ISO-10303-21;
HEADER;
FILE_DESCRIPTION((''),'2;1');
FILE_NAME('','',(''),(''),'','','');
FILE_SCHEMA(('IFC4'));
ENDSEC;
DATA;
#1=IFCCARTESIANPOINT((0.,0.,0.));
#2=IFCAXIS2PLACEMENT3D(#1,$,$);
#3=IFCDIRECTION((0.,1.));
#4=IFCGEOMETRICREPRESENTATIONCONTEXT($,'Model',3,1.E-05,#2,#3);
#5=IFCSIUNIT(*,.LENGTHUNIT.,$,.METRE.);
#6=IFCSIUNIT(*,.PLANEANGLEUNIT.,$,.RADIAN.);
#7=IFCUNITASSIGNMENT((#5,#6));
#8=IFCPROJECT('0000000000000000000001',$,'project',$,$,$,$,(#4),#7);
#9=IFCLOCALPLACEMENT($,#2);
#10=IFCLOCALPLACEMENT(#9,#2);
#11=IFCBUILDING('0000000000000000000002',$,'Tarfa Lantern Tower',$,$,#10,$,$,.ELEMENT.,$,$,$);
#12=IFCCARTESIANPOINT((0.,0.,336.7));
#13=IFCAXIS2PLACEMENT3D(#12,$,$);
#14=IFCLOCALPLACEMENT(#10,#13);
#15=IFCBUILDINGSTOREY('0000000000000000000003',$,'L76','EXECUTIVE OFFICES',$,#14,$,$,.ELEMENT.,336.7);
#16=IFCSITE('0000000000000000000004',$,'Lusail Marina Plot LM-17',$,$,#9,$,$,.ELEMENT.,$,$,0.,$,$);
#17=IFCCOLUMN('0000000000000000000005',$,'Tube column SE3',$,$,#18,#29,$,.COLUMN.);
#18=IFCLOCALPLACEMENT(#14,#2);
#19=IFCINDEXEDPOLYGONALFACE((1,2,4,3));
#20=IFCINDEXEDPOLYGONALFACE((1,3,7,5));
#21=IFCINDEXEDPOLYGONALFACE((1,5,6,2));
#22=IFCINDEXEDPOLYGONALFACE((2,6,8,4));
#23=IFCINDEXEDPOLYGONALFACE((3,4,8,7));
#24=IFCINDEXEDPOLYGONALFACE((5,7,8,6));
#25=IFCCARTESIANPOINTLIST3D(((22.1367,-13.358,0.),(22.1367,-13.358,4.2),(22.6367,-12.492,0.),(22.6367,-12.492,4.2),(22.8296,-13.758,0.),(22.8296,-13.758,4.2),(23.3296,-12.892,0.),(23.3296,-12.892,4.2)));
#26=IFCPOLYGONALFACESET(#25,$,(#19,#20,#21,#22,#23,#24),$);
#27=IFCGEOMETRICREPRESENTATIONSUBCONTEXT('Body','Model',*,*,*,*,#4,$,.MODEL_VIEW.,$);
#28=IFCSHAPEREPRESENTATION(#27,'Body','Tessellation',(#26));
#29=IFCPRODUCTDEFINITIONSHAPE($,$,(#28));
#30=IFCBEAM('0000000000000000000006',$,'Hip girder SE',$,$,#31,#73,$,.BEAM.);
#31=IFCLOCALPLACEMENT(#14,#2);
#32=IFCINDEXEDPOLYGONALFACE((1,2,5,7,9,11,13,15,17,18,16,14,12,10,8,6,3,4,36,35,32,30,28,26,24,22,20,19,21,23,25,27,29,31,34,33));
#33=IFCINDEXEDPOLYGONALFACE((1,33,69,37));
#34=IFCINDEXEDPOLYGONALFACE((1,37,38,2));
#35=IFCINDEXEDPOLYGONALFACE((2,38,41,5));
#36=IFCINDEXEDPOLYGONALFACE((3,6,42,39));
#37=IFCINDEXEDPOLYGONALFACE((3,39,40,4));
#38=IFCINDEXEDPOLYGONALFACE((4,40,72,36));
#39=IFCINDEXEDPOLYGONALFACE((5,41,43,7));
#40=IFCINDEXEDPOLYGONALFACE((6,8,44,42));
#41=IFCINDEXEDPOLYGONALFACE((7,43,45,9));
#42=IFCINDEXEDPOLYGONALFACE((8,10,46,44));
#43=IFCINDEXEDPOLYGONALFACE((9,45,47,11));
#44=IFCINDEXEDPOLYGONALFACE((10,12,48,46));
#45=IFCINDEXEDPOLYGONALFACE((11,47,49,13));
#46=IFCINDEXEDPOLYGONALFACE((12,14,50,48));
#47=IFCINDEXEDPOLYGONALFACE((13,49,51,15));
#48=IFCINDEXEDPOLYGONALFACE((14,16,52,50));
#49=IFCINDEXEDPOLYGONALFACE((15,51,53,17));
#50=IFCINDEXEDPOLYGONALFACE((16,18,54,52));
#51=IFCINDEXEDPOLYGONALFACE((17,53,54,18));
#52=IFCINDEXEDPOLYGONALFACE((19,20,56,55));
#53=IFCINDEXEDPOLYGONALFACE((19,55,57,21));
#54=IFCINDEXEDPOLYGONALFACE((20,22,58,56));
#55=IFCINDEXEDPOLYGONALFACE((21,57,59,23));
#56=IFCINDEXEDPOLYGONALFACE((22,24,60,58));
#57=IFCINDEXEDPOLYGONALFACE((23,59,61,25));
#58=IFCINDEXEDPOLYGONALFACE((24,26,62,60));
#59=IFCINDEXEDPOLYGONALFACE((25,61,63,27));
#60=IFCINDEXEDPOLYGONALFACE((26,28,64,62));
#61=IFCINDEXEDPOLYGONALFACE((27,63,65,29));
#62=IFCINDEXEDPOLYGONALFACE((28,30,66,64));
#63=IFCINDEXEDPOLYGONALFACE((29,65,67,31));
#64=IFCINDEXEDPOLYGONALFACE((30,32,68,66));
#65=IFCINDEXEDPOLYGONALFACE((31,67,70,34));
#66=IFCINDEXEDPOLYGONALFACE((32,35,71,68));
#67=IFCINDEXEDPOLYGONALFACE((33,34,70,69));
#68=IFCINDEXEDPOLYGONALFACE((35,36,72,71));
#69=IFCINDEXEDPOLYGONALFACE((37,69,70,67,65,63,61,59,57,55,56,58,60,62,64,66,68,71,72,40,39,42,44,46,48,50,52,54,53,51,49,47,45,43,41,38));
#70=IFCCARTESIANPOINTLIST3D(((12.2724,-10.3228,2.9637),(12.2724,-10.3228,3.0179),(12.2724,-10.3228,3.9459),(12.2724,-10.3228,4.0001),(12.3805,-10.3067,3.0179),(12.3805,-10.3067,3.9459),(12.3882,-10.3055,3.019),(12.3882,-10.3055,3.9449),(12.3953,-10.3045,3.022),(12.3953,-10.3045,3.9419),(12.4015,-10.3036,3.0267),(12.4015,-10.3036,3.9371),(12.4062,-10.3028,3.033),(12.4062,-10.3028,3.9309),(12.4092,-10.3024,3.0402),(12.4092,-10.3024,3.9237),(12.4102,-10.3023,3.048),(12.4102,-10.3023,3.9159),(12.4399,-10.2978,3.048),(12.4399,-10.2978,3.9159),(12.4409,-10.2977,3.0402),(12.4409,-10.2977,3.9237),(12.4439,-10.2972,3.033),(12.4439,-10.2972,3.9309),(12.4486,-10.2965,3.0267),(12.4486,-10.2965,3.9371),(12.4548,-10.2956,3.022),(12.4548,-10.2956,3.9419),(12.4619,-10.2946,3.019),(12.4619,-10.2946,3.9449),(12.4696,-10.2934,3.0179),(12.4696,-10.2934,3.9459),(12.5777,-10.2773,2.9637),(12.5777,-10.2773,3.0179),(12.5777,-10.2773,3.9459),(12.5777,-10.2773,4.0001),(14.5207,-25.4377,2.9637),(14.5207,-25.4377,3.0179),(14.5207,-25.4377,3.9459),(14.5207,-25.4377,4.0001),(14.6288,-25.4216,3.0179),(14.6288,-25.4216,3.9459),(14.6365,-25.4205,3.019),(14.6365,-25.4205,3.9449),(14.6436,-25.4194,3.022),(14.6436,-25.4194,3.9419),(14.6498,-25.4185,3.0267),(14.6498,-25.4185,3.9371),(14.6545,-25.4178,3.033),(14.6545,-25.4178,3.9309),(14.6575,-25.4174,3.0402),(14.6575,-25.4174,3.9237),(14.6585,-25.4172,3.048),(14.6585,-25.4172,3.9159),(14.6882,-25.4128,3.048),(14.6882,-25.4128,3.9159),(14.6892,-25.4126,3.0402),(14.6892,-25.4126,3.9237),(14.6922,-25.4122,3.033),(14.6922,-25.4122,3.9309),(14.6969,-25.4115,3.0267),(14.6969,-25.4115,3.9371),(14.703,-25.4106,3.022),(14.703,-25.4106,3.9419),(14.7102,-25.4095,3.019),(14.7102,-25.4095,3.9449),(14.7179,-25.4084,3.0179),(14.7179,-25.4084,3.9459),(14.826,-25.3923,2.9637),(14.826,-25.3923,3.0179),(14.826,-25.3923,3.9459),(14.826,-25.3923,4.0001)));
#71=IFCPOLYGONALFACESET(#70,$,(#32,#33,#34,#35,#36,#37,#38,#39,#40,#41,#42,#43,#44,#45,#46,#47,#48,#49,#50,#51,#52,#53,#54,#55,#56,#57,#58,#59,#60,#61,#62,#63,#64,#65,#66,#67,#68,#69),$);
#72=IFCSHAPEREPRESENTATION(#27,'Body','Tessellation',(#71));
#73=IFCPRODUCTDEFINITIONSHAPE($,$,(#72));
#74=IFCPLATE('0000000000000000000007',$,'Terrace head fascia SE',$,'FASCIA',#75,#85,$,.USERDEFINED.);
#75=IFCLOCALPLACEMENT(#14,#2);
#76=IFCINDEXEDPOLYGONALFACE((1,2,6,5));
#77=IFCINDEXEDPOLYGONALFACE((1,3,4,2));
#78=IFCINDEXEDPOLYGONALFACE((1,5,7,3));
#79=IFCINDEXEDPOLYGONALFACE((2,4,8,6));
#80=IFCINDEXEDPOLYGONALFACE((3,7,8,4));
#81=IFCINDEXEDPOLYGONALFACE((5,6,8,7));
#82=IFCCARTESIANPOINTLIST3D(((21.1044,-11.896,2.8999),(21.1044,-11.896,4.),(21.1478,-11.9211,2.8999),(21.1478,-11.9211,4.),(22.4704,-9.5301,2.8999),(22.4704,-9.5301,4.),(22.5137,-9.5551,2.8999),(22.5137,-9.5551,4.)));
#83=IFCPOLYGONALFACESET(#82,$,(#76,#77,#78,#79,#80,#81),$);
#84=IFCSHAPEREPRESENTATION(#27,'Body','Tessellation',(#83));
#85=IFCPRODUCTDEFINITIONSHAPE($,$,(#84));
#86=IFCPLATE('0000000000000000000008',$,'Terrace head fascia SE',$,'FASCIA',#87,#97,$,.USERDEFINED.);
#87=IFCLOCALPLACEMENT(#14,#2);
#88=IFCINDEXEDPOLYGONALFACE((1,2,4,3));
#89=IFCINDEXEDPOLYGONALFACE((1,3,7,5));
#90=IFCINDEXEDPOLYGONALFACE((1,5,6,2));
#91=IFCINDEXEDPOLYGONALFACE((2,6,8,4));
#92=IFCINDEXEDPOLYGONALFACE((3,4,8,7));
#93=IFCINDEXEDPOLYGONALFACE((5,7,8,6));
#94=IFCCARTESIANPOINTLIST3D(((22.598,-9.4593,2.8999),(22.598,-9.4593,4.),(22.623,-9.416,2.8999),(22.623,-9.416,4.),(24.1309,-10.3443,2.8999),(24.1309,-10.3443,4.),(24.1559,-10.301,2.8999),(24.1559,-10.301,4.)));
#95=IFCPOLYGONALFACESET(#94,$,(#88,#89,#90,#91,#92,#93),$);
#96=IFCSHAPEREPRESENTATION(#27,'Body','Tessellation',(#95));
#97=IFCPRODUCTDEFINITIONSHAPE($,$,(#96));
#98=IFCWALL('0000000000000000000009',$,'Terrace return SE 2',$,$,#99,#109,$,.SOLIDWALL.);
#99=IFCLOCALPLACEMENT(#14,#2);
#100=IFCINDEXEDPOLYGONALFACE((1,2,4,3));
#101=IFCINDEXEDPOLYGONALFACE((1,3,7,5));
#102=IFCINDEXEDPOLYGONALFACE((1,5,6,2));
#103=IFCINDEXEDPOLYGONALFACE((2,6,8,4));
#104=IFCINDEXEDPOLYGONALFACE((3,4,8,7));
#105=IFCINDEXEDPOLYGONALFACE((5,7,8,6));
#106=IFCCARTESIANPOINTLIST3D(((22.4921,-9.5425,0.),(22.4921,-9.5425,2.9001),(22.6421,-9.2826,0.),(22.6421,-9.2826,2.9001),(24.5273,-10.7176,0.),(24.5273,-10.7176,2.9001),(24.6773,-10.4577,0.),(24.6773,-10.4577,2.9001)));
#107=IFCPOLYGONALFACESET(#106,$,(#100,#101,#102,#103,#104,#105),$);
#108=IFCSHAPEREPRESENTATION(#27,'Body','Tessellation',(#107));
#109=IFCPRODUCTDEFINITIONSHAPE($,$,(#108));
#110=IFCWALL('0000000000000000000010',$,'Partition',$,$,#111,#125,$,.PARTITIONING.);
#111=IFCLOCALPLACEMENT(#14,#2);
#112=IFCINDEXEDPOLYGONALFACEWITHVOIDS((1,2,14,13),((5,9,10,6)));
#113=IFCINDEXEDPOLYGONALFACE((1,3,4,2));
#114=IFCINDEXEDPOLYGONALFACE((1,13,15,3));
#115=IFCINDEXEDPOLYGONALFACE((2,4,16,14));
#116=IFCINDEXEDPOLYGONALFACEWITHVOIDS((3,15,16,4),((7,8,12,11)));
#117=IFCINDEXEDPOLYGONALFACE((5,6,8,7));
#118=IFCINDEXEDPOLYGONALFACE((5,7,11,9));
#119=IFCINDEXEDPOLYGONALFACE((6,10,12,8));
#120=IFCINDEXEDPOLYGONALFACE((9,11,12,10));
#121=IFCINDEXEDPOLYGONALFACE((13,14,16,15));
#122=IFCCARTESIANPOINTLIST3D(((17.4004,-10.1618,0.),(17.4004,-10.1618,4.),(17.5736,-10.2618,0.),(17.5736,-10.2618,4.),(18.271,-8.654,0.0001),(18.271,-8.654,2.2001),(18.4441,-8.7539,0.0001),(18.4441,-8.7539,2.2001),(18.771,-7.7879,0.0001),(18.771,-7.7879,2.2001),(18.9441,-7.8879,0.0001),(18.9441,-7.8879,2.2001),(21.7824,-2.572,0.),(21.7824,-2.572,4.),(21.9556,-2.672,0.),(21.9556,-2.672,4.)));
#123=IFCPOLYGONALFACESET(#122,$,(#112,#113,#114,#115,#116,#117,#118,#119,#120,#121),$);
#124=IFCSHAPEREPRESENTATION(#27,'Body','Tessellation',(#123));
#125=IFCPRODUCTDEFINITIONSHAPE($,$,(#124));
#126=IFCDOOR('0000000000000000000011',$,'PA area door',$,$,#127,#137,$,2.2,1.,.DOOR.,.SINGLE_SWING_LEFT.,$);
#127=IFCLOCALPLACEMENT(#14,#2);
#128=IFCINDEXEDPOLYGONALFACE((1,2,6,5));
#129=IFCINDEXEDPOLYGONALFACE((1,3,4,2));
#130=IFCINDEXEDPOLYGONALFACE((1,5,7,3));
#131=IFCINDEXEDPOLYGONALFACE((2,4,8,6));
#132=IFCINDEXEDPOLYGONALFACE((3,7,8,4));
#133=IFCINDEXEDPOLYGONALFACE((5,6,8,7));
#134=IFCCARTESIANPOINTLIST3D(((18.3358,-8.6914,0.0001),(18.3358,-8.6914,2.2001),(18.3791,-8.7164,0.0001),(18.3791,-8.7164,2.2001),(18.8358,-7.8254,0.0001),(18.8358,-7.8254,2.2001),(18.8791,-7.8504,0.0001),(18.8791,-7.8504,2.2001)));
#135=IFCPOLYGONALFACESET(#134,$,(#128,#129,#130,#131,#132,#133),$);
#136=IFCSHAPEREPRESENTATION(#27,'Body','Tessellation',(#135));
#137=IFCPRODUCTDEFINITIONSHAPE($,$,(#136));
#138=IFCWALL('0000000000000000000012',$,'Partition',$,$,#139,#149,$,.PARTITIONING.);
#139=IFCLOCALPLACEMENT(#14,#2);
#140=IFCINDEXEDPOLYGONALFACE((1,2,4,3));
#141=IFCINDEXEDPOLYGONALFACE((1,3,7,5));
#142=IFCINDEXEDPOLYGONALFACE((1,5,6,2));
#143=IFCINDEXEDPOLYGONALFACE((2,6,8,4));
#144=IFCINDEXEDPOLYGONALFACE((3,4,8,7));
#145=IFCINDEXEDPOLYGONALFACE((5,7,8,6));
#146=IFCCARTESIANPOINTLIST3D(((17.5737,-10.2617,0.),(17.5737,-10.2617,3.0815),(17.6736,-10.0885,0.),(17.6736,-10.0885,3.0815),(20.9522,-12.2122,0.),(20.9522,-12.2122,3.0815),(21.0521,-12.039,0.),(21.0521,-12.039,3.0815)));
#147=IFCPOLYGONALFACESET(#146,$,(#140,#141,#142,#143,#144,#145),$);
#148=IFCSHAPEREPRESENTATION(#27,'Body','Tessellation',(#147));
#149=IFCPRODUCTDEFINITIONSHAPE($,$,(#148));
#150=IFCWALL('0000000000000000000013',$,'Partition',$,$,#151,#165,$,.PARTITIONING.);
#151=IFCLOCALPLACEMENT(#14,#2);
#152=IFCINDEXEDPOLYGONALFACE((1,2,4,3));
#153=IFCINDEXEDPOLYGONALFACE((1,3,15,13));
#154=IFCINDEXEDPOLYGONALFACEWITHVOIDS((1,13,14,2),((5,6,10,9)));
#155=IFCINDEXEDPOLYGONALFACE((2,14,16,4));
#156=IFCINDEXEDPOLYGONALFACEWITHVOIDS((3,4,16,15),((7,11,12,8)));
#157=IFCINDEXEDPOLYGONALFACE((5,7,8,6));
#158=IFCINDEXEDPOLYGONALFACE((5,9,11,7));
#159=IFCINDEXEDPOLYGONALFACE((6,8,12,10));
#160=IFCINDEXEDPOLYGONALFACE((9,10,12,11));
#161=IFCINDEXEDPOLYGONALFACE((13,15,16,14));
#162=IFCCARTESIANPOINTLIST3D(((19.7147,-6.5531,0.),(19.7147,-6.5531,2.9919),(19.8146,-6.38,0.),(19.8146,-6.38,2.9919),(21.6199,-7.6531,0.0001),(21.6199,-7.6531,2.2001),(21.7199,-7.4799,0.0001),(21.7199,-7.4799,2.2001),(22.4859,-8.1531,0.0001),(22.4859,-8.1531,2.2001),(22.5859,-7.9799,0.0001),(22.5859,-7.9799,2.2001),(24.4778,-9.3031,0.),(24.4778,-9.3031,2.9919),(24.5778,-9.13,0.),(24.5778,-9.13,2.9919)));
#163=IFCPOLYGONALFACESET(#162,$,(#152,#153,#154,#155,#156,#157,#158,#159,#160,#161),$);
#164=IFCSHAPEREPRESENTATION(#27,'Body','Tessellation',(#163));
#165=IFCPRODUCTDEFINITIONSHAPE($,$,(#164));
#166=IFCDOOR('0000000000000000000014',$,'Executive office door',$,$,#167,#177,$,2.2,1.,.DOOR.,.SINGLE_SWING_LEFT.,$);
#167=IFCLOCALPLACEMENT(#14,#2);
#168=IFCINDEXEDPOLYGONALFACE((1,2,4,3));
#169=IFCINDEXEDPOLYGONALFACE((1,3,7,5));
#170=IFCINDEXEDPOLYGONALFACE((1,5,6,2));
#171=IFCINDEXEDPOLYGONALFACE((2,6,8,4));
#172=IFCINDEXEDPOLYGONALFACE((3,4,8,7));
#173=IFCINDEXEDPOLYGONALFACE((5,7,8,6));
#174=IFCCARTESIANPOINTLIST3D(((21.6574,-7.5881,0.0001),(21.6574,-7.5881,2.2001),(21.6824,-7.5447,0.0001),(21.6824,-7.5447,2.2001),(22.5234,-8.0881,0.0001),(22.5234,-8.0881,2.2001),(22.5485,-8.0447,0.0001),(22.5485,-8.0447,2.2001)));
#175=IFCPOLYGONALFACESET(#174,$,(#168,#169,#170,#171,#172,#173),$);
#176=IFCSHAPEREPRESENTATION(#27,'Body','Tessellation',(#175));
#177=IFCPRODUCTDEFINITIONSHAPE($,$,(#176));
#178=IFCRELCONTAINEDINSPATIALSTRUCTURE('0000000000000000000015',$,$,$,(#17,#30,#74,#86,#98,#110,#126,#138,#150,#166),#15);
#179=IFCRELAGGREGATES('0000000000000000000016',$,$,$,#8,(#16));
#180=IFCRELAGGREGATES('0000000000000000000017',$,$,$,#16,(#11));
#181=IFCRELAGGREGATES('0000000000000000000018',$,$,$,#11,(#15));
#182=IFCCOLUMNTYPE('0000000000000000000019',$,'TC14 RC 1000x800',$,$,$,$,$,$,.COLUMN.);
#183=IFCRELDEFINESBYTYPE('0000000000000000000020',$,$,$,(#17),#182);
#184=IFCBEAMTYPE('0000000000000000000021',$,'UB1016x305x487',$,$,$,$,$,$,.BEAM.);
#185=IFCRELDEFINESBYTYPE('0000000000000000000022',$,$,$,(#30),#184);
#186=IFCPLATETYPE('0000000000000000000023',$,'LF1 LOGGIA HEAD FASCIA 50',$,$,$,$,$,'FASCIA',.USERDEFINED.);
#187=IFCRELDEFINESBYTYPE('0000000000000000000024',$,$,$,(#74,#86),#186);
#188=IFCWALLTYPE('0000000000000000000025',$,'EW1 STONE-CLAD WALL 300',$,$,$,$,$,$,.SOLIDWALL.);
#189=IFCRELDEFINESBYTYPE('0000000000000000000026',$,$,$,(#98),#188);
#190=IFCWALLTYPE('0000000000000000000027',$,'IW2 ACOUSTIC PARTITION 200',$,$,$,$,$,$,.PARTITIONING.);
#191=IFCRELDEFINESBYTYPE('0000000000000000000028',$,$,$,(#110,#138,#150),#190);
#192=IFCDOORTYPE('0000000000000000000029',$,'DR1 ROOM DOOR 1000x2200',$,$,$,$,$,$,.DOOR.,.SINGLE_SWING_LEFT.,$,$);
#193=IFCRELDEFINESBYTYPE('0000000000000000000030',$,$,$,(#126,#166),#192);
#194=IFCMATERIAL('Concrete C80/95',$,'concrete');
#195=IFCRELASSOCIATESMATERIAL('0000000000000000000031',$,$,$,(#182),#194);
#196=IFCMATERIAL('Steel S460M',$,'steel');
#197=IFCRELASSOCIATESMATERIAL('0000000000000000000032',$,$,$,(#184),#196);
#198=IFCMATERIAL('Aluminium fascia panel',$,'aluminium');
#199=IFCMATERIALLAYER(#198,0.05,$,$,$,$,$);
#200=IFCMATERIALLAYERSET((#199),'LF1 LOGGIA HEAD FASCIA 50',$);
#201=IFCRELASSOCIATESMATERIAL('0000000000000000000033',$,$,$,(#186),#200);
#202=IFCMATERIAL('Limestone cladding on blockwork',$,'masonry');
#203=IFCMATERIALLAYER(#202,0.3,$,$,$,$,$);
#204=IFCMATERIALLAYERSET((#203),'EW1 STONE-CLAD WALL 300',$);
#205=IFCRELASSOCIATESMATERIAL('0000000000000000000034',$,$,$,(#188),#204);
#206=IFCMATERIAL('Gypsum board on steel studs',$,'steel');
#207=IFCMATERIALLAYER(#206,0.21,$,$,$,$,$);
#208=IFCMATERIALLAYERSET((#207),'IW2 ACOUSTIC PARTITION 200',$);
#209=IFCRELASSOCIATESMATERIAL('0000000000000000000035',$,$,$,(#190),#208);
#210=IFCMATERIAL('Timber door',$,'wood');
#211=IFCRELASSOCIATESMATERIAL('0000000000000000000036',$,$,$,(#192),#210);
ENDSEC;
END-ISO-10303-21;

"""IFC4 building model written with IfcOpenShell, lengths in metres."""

from ifc_helpers import new_model, si_unit, direction, frame, frame_2d, origin, origin_2d, place, context, subcontext, project, spatial, rectangle, i_section, extrude, material, layer, layer_set, material_profile, profile_set, type_object, element, fill, save


model = new_model("IFC4")

# Units and contexts
model_context = context("Model", 3, precision=1e-05, world=origin(), true_north=direction((0.0, 1.0)))
body_context = subcontext(model_context, "Body", "Model", "MODEL_VIEW")
ifc_project = project(units=[si_unit("LENGTHUNIT", "METRE"), si_unit("PLANEANGLEUNIT", "RADIAN")], contexts=[model_context])

# Site, building, storey
site_placement = place(None, origin())
site = spatial("IfcSite", under=ifc_project, at=site_placement, Name="Lusail Marina Plot LM-17", CompositionType="ELEMENT", RefElevation=0.0)
building_placement = place(site_placement, origin())
building = spatial("IfcBuilding", under=site, at=building_placement, Name="Tarfa Lantern Tower", CompositionType="ELEMENT")
storey_placement = place(building_placement, frame((0.0, 0.0, 336.7)))
storey = spatial("IfcBuildingStorey", under=building, at=storey_placement, Name="L76", Description="EXECUTIVE OFFICES", CompositionType="ELEMENT", Elevation=336.7)

# Column
ifc_material_1 = material(Name="Concrete C80/95", Category="concrete")
ifc_material_profile_1 = material_profile(ifc_material_1, rectangle(XDim=1.0, YDim=0.8, at=origin_2d()), Name="RC 1000x800")
ifc_profile_set_1 = profile_set([ifc_material_profile_1], Name="Concrete C80/95")
column_type = type_object("IfcColumnType", Name="TC14 RC 1000x800", PredefinedType="COLUMN", material=ifc_profile_set_1)
column_placement = place(storey_placement, frame((22.7332, -13.125, 0.0), z_axis=(0.0, 0.0, 1.0), x_axis=(0.5, 0.866025, 0.0)))
element("IfcColumn", 1, at=column_placement, inside=storey, type_object=column_type, Name="Tube column SE3", PredefinedType="COLUMN", context=body_context, shape_type="SweptSolid", body=[
    extrude(rectangle(XDim=1.0, YDim=0.8, at=origin_2d()), origin(), (0.0, 0.0, 1.0), 4.2),
])

# Beam
ifc_material_2 = material(Name="Steel S460M", Category="steel")
ifc_material_profile_2 = material_profile(ifc_material_2, i_section(OverallWidth=0.3086, OverallDepth=1.0364, WebThickness=0.03, FlangeThickness=0.0542, FilletRadius=0.03, at=origin_2d()), Name="UB1016x305x487")
ifc_profile_set_2 = profile_set([ifc_material_profile_2], Name="Steel S460M")
beam_type = type_object("IfcBeamType", Name="UB1016x305x487", PredefinedType="BEAM", material=ifc_profile_set_2)
beam_placement = place(storey_placement, frame((12.425, -10.3, 3.4819), z_axis=(0.147127, -0.989118, 0.0), x_axis=(0.989118, 0.147127, 0.0)))
element("IfcBeam", 2, at=beam_placement, inside=storey, type_object=beam_type, Name="Hip girder SE", PredefinedType="BEAM", context=body_context, shape_type="SweptSolid", body=[
    extrude(i_section(OverallWidth=0.3086, OverallDepth=1.0364, WebThickness=0.03, FlangeThickness=0.0542, FilletRadius=0.03, at=origin_2d()), origin(), (0.0, 0.0, 1.0), 15.2812),
])

# Plates
ifc_material_3 = material(Name="Aluminium fascia panel", Category="aluminium")
ifc_layer_1 = layer(ifc_material_3, 0.05)
ifc_layer_set_1 = layer_set([ifc_layer_1], Name="LF1 LOGGIA HEAD FASCIA 50")
plate_type = type_object("IfcPlateType", Name="LF1 LOGGIA HEAD FASCIA 50", ElementType="FASCIA", PredefinedType="USERDEFINED", material=ifc_layer_set_1)
plate_1_placement = place(storey_placement, frame((21.8091, -10.7256, 2.8999), z_axis=(0.0, 0.0, 1.0), x_axis=(0.5, 0.866025, 0.0)))
element("IfcPlate", 3, at=plate_1_placement, inside=storey, type_object=plate_type, Name="Terrace head fascia SE", ObjectType="FASCIA", PredefinedType="USERDEFINED", context=body_context, shape_type="SweptSolid", body=[
    extrude(rectangle(XDim=2.7319, YDim=0.05, at=origin_2d()), origin(), (0.0, 0.0, 1.0), 1.1001),
])
plate_2_placement = place(storey_placement, frame((23.377, -9.8801, 2.8999), z_axis=(0.0, 0.0, 1.0), x_axis=(-0.866025, 0.5, 0.0)))
element("IfcPlate", 4, at=plate_2_placement, inside=storey, type_object=plate_type, Name="Terrace head fascia SE", ObjectType="FASCIA", PredefinedType="USERDEFINED", context=body_context, shape_type="SweptSolid", body=[
    extrude(rectangle(XDim=1.77, YDim=0.05, at=origin_2d()), origin(), (0.0, 0.0, 1.0), 1.1001),
])

# Wall
ifc_material_4 = material(Name="Limestone cladding on blockwork", Category="masonry")
ifc_layer_2 = layer(ifc_material_4, 0.3)
ifc_layer_set_2 = layer_set([ifc_layer_2], Name="EW1 STONE-CLAD WALL 300")
wall_type_1 = type_object("IfcWallType", Name="EW1 STONE-CLAD WALL 300", PredefinedType="SOLIDWALL", material=ifc_layer_set_2)
wall_1_placement = place(storey_placement, frame((24.6023, -10.5876, 0.0), z_axis=(0.0, 0.0, 1.0), x_axis=(-0.866016, 0.500016, 0.0)))
element("IfcWall", 5, at=wall_1_placement, inside=storey, type_object=wall_type_1, Name="Terrace return SE 2", PredefinedType="SOLIDWALL", context=body_context, shape_type="SweptSolid", body=[
    extrude(rectangle(XDim=2.3501, YDim=0.3, at=frame_2d((1.175, 0.0))), origin(), (0.0, 0.0, 1.0), 2.9001),
])

# Wall, opening, door
ifc_material_5 = material(Name="Gypsum board on steel studs", Category="steel")
ifc_layer_3 = layer(ifc_material_5, 0.21)
ifc_layer_set_3 = layer_set([ifc_layer_3], Name="IW2 ACOUSTIC PARTITION 200")
wall_type_2 = type_object("IfcWallType", Name="IW2 ACOUSTIC PARTITION 200", PredefinedType="PARTITIONING", material=ifc_layer_set_3)
wall_2_placement = place(storey_placement, frame((17.4871, -10.2117, 0.0), z_axis=(0.0, 0.0, 1.0), x_axis=(0.500007, 0.866021, 0.0)))
wall_2 = element("IfcWall", 6, at=wall_2_placement, inside=storey, type_object=wall_type_2, Name="Partition", PredefinedType="PARTITIONING", context=body_context, shape_type="SweptSolid", body=[
    extrude(rectangle(XDim=8.7639, YDim=0.2, at=frame_2d((4.3818, 0.0))), origin(), (0.0, 0.0, 1.0), 4.0),
])
opening_1_placement = place(wall_2_placement, frame((1.741, 0.0, 0.0)))
opening_1 = element("IfcOpeningElement", 7, at=opening_1_placement, cuts=wall_2, PredefinedType="OPENING", context=body_context, shape_type="SweptSolid", body=[
    extrude(rectangle(XDim=1.0, YDim=2.2, at=frame_2d((0.5, 1.1001))), frame((0.0, 0.1099, 0.0), z_axis=(0.0, -1.0, 0.0), x_axis=(1.0, 0.0, 0.0)), (0.0, 0.0, 1.0), 0.22),
])
ifc_material_6 = material(Name="Timber door", Category="wood")
door_type_1 = type_object("IfcDoorType", Name="DR1 ROOM DOOR 1000x2200", OperationType="SINGLE_SWING_LEFT", PredefinedType="DOOR", material=ifc_material_6)
door_1_placement = place(opening_1_placement, frame((1.0, 0.0, 0.0), z_axis=(0.0, 0.0, 1.0), x_axis=(-1.0, 0.0, 0.0)))
door_1 = element("IfcDoor", 8, at=door_1_placement, inside=storey, type_object=door_type_1, Name="PA area door", OperationType="SINGLE_SWING_LEFT", OverallHeight=2.2, OverallWidth=1.0, PredefinedType="DOOR", context=body_context, shape_type="SweptSolid", body=[
    extrude(rectangle(XDim=1.0, YDim=2.2, at=frame_2d((0.5, 1.1001))), frame((0.0, 0.0249, 0.0), z_axis=(0.0, -1.0, 0.0), x_axis=(1.0, 0.0, 0.0)), (0.0, 0.0, 1.0), 0.05),
])
fill(opening_1, door_1)

# Wall
wall_3_placement = place(storey_placement, frame((17.6235, -10.175, 0.0), z_axis=(0.0, 0.0, 1.0), x_axis=(0.866036, -0.499982, 0.0)))
element("IfcWall", 9, at=wall_3_placement, inside=storey, type_object=wall_type_2, Name="Partition", PredefinedType="PARTITIONING", context=body_context, shape_type="SweptSolid", body=[
    extrude(rectangle(XDim=3.9011, YDim=0.2, at=frame_2d((1.9507, 0.0))), origin(), (0.0, 0.0, 1.0), 3.0815),
])

# Wall, opening, door
wall_4_placement = place(storey_placement, frame((19.7646, -6.4666, 0.0), z_axis=(0.0, 0.0, 1.0), x_axis=(0.866027, -0.499997, 0.0)))
wall_4 = element("IfcWall", 10, at=wall_4_placement, inside=storey, type_object=wall_type_2, Name="Partition", PredefinedType="PARTITIONING", context=body_context, shape_type="SweptSolid", body=[
    extrude(rectangle(XDim=5.5, YDim=0.2, at=frame_2d((2.75, 0.0))), origin(), (0.0, 0.0, 1.0), 2.9919),
])
opening_2_placement = place(wall_4_placement, frame((2.2, 0.0, 0.0)))
opening_2 = element("IfcOpeningElement", 11, at=opening_2_placement, cuts=wall_4, PredefinedType="OPENING", context=body_context, shape_type="SweptSolid", body=[
    extrude(rectangle(XDim=1.0, YDim=2.2, at=frame_2d((0.5, 1.1001))), frame((0.0, 0.1099, 0.0), z_axis=(0.0, -1.0, 0.0), x_axis=(1.0, 0.0, 0.0)), (0.0, 0.0, 1.0), 0.22),
])
door_2_placement = place(opening_2_placement, frame((1.0, 0.0, 0.0), z_axis=(0.0, 0.0, 1.0), x_axis=(-1.0, 0.0, 0.0)))
door_2 = element("IfcDoor", 12, at=door_2_placement, inside=storey, type_object=door_type_1, Name="Executive office door", OperationType="SINGLE_SWING_LEFT", OverallHeight=2.2, OverallWidth=1.0, PredefinedType="DOOR", context=body_context, shape_type="SweptSolid", body=[
    extrude(rectangle(XDim=1.0, YDim=2.2, at=frame_2d((0.5, 1.1001))), frame((0.0, 0.0249, 0.0), z_axis=(0.0, -1.0, 0.0), x_axis=(1.0, 0.0, 0.0)), (0.0, 0.0, 1.0), 0.05),
])
fill(opening_2, door_2)

save(model, "model.ifc")
